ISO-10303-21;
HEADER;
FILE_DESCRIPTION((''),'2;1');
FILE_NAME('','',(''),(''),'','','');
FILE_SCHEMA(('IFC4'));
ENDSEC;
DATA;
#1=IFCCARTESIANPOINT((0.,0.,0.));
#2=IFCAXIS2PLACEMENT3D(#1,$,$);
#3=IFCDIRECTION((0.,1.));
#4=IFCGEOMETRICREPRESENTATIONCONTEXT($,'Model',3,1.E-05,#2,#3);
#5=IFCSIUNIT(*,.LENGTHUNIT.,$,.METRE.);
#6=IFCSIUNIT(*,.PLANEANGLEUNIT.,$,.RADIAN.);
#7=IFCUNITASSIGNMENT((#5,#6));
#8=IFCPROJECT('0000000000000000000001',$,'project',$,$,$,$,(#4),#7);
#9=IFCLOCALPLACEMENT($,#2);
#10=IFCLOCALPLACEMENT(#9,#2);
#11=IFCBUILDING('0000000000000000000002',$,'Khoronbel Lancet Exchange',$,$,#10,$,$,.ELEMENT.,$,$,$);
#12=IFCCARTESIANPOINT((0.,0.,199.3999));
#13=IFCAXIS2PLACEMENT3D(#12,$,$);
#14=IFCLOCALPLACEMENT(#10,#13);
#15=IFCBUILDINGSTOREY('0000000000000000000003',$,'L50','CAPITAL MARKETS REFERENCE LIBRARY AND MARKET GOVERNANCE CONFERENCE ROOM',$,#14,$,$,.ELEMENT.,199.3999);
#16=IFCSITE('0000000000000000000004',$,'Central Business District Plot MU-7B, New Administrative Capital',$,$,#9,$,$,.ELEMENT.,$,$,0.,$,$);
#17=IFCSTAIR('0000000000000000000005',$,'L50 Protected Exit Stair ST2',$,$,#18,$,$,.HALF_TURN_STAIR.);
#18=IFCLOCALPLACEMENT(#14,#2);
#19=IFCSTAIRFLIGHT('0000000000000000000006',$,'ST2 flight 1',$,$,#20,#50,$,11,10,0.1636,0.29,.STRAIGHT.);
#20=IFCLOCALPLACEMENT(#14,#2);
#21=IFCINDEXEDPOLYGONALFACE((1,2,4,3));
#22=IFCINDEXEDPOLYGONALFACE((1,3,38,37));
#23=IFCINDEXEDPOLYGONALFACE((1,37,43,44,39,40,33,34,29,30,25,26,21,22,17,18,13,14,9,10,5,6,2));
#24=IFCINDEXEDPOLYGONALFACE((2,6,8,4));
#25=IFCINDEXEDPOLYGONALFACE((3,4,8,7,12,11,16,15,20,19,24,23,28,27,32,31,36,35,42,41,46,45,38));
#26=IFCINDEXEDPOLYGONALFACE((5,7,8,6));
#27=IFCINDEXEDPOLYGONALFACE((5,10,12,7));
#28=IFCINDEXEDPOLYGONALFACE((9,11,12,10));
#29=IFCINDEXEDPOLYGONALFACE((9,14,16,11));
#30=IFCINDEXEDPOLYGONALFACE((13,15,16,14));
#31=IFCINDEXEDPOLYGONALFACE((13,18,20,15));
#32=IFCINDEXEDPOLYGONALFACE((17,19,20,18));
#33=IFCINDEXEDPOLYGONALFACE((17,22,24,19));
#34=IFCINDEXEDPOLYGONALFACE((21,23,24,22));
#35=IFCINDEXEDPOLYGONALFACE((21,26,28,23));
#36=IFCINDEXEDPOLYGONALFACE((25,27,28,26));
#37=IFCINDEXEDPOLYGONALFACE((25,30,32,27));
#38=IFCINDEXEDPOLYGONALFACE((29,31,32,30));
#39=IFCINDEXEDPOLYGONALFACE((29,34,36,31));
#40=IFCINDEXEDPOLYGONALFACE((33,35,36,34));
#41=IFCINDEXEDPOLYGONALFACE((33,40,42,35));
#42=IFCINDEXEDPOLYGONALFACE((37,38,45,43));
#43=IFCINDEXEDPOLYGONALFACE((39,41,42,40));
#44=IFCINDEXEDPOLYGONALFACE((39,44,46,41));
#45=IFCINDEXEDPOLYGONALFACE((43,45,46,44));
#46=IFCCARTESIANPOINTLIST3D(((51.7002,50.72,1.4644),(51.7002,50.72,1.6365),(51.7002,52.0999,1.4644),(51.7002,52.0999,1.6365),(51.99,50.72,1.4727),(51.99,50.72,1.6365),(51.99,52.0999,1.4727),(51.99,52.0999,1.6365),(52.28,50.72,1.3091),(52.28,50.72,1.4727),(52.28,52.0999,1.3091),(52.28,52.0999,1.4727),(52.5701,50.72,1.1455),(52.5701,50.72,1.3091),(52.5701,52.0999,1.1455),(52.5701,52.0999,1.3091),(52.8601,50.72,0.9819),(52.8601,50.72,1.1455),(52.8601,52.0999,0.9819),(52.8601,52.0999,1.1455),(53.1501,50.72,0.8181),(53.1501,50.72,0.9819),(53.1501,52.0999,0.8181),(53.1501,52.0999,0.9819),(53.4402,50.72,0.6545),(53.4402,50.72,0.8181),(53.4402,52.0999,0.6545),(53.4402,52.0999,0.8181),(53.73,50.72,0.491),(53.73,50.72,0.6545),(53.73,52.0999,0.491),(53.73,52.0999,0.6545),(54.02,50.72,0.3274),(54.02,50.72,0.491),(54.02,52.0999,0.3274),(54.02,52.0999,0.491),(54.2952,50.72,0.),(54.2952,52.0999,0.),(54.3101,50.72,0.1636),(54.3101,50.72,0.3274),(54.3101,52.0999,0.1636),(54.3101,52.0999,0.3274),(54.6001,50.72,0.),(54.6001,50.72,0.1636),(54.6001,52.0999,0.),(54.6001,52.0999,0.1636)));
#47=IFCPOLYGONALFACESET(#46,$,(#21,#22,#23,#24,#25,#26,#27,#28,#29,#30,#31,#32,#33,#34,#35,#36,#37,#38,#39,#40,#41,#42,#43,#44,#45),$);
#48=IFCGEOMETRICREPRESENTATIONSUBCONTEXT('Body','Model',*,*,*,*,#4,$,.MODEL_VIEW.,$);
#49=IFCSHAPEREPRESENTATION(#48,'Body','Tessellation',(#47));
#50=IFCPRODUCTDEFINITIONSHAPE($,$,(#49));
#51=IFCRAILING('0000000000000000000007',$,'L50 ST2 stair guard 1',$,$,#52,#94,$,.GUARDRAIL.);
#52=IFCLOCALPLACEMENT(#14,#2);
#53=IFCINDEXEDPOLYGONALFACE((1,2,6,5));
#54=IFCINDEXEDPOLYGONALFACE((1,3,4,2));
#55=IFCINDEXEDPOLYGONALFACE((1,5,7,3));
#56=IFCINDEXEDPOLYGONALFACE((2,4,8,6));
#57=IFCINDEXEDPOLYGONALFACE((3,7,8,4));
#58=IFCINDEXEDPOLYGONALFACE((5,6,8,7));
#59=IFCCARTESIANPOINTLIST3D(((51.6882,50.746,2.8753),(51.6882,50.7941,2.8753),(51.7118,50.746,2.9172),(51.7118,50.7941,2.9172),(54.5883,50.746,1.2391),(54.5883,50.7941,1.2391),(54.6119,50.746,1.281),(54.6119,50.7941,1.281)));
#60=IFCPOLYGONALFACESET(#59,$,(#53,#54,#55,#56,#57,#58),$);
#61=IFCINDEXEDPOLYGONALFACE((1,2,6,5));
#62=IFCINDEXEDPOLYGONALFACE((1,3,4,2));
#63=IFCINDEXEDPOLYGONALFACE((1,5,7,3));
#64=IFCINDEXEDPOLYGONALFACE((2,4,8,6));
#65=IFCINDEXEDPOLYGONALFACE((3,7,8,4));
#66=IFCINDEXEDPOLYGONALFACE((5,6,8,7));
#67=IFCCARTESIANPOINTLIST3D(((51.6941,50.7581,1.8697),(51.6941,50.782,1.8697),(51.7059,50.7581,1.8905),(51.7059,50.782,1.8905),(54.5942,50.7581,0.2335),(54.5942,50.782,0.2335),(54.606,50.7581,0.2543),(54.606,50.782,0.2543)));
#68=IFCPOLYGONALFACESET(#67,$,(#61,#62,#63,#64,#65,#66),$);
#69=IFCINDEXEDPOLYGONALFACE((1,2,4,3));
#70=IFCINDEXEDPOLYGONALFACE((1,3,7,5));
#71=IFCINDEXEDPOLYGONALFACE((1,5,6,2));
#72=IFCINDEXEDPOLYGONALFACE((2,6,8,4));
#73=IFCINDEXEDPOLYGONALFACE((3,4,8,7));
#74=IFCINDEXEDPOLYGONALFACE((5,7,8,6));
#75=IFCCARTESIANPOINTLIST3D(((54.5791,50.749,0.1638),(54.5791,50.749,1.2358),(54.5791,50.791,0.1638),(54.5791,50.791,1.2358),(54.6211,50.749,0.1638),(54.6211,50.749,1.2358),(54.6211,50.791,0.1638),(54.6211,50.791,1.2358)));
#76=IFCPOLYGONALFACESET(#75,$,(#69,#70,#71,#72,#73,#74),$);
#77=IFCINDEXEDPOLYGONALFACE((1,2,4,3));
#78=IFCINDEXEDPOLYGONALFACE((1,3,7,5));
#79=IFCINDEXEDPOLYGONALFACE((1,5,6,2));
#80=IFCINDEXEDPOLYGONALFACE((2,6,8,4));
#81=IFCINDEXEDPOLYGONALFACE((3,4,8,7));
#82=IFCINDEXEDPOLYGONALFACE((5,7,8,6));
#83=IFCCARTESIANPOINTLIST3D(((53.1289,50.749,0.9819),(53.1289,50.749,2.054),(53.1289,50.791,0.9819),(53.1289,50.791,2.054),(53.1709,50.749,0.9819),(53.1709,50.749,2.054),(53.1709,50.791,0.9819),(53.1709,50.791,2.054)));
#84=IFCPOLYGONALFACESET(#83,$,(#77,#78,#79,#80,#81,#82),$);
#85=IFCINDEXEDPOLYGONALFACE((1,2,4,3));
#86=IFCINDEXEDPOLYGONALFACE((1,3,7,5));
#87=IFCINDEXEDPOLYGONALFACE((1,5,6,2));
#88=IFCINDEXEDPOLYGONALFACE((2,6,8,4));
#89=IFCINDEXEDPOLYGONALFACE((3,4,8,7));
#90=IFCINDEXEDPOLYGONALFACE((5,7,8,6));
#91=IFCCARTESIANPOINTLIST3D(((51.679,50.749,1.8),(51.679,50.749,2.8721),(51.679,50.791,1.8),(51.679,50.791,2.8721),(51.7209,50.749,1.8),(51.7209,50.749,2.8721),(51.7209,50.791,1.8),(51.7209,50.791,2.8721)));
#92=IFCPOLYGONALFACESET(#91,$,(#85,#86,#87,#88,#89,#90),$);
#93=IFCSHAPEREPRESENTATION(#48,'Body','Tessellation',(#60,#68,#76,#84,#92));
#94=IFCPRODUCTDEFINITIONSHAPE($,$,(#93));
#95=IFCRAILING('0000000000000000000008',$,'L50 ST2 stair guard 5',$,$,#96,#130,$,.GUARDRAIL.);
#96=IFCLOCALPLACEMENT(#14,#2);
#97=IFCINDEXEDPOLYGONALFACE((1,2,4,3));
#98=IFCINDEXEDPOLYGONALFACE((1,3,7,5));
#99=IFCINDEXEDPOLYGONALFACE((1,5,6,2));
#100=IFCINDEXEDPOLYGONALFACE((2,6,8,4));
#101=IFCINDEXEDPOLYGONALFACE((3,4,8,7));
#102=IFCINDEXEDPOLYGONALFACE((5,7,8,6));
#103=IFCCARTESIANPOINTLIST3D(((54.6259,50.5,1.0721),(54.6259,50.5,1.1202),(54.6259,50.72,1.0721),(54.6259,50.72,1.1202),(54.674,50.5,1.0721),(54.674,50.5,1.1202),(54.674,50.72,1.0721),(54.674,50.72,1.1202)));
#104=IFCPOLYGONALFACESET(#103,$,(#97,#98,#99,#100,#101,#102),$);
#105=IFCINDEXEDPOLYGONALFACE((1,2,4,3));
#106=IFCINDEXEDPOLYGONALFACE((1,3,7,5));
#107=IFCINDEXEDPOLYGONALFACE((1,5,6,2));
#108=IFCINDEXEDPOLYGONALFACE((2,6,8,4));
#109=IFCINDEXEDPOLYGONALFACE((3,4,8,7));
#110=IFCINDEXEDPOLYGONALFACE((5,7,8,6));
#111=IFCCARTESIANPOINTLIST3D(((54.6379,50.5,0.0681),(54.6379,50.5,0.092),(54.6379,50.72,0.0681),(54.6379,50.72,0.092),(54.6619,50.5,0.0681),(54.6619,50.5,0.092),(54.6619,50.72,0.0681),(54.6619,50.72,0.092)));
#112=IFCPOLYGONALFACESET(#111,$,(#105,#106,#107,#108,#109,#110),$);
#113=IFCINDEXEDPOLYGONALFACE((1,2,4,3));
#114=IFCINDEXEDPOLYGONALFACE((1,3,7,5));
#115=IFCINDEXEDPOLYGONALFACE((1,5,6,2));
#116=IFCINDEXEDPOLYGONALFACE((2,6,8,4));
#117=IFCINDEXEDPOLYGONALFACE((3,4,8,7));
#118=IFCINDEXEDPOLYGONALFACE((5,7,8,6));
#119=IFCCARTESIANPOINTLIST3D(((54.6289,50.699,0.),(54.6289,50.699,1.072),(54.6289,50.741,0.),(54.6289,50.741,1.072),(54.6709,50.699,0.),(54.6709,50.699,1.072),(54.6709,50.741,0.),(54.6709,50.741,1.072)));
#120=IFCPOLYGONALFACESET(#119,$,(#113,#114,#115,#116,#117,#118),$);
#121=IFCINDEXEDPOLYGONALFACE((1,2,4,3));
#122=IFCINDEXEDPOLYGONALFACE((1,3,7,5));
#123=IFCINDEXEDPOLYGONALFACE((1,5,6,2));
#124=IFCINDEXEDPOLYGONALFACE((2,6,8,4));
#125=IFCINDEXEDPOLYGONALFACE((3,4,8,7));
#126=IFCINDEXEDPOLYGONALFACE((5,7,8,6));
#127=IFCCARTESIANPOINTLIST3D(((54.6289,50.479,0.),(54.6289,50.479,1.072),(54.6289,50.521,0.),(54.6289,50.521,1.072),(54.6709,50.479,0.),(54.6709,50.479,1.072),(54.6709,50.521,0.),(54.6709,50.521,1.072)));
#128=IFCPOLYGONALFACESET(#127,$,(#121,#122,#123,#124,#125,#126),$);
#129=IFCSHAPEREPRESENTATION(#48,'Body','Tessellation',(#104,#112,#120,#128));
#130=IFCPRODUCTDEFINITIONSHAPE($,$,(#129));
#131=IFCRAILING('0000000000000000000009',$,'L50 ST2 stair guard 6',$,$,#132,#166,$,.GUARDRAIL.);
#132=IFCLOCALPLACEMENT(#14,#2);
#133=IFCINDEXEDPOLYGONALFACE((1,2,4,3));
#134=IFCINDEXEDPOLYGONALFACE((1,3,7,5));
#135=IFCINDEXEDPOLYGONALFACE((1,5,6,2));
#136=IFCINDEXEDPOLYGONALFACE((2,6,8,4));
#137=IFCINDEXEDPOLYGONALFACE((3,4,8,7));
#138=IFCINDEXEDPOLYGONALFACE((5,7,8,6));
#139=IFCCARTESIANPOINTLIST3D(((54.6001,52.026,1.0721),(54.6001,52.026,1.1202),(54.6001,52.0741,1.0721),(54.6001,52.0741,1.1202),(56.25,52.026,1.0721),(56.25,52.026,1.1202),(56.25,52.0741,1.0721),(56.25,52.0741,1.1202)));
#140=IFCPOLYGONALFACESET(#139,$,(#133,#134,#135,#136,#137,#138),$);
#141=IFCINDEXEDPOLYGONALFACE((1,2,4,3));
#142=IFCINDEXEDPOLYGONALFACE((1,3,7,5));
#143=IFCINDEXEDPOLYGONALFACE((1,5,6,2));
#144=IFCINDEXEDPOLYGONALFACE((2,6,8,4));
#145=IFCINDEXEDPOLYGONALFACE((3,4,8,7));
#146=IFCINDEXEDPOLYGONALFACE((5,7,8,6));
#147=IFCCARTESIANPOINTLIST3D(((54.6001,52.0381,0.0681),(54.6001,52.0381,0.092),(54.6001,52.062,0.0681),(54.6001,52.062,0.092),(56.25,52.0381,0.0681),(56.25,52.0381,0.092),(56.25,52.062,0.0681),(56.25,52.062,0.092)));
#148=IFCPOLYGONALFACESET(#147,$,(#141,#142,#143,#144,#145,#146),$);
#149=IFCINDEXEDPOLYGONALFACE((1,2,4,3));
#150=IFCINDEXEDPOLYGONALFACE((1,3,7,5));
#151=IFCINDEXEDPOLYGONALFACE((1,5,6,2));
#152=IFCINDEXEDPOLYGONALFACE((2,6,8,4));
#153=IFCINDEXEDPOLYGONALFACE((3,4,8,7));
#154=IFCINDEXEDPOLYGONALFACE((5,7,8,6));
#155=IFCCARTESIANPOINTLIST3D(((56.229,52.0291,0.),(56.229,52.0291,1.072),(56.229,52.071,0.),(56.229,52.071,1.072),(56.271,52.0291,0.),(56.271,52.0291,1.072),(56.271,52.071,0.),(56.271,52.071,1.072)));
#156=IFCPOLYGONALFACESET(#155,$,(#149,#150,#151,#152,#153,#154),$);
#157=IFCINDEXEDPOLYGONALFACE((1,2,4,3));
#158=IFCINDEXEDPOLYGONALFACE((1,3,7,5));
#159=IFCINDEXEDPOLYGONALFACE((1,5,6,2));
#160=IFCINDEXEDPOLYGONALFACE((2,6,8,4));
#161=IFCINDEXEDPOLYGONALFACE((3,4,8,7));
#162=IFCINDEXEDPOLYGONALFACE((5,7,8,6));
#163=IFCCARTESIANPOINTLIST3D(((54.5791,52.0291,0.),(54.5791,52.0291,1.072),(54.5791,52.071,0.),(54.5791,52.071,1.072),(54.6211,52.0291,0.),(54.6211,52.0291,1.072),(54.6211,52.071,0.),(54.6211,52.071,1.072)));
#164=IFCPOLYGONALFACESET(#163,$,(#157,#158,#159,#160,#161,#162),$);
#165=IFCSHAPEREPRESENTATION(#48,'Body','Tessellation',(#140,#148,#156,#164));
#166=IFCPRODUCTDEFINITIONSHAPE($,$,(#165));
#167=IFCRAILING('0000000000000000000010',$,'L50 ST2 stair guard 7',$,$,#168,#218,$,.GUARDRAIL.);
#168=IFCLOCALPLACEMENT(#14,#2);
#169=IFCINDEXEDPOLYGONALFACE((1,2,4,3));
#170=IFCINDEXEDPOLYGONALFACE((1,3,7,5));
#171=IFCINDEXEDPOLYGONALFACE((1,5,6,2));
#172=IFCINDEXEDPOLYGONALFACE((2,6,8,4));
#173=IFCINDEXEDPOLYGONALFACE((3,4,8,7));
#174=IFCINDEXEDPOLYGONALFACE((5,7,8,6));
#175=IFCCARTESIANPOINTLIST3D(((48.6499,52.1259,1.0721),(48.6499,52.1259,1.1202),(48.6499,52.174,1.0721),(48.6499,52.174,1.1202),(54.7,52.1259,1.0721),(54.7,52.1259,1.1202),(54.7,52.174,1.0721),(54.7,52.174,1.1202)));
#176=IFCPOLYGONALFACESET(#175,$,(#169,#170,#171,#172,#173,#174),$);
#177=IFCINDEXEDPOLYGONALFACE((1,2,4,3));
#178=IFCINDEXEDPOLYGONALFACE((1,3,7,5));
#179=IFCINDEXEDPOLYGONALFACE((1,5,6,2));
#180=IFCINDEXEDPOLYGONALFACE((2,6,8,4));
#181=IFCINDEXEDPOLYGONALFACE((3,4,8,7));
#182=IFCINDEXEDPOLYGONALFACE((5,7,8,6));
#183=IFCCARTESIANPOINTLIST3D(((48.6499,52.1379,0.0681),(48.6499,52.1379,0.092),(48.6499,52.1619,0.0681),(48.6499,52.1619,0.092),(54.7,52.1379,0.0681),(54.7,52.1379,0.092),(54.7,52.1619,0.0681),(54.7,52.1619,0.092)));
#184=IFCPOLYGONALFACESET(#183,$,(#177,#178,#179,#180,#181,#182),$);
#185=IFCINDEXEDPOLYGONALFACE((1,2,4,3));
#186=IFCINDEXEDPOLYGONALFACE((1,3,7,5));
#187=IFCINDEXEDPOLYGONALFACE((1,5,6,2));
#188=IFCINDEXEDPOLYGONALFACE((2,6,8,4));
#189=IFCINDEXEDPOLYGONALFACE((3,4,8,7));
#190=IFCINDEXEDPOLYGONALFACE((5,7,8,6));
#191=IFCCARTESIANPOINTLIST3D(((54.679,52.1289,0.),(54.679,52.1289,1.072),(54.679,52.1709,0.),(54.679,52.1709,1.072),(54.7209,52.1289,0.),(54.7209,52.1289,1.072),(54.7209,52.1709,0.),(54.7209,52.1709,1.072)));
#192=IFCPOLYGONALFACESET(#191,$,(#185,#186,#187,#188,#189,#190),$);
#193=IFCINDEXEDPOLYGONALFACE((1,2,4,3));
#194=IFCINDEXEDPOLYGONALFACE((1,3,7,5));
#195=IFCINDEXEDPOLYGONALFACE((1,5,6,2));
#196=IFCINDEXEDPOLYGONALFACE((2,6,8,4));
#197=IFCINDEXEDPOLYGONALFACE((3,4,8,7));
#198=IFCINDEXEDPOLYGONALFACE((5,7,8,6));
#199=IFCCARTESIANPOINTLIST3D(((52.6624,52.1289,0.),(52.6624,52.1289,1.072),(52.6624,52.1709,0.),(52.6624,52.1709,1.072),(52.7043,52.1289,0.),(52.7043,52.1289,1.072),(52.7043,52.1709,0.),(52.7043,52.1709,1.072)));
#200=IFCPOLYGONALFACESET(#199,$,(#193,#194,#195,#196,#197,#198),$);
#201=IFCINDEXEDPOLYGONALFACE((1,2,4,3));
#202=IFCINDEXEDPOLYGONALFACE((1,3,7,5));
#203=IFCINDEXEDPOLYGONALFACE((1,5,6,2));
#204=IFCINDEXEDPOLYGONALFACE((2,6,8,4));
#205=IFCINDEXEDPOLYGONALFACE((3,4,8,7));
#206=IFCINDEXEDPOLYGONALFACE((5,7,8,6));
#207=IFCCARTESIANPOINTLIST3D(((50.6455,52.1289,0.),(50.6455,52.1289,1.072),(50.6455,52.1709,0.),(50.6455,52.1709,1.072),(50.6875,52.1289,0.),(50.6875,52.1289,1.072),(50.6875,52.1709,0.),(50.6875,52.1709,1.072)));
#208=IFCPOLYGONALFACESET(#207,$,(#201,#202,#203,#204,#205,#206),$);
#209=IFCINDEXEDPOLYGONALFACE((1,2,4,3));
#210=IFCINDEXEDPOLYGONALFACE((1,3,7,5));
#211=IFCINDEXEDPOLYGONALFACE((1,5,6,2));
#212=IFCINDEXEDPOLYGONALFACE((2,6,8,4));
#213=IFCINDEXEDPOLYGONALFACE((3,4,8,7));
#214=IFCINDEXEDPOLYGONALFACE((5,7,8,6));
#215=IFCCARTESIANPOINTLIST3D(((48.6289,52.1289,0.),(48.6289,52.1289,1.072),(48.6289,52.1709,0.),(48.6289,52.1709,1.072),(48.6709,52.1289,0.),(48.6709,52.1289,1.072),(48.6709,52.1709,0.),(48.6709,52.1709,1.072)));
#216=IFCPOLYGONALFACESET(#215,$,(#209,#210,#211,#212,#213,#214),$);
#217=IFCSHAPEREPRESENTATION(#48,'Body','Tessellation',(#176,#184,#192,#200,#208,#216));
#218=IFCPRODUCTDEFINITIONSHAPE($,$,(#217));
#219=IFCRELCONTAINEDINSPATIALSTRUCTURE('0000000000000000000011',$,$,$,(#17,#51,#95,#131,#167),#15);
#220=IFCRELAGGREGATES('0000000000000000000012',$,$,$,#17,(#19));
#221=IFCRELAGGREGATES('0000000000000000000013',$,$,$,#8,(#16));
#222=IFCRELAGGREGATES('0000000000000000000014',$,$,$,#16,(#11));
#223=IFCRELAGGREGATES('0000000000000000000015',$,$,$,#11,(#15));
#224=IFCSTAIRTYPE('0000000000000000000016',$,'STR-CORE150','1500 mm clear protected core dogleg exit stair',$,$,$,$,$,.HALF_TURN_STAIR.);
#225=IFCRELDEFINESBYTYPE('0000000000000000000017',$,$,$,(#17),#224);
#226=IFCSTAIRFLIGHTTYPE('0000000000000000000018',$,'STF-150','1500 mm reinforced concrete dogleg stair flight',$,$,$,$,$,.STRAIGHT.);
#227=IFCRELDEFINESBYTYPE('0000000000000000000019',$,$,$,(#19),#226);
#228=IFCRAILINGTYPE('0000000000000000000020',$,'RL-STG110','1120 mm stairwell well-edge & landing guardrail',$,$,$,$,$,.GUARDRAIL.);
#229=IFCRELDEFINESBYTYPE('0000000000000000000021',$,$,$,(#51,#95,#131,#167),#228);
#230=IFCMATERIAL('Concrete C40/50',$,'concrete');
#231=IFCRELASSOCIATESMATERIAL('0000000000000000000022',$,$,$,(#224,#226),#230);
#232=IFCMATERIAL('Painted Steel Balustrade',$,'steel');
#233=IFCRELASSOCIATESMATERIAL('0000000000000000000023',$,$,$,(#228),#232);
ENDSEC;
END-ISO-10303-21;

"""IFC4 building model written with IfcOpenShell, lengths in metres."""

from ifc_helpers import new_model, si_unit, direction, frame, origin, origin_2d, place, context, subcontext, project, spatial, polyline, rectangle, outline, extrude, material, type_object, element, aggregate, save


model = new_model("IFC4")

# Units and contexts
model_context = context("Model", 3, precision=1e-05, world=origin(), true_north=direction((0.0, 1.0)))
body_context = subcontext(model_context, "Body", "Model", "MODEL_VIEW")
ifc_project = project(units=[si_unit("LENGTHUNIT", "METRE"), si_unit("PLANEANGLEUNIT", "RADIAN")], contexts=[model_context])

# Site, building, storey
site_placement = place(None, origin())
site = spatial("IfcSite", under=ifc_project, at=site_placement, Name="Central Business District Plot MU-7B, New Administrative Capital", CompositionType="ELEMENT", RefElevation=0.0)
building_placement = place(site_placement, origin())
building = spatial("IfcBuilding", under=site, at=building_placement, Name="Khoronbel Lancet Exchange", CompositionType="ELEMENT")
storey_placement = place(building_placement, frame((0.0, 0.0, 199.3999)))
storey = spatial("IfcBuildingStorey", under=building, at=storey_placement, Name="L50", Description="CAPITAL MARKETS REFERENCE LIBRARY AND MARKET GOVERNANCE CONFERENCE ROOM", CompositionType="ELEMENT", Elevation=199.3999)

# Stair, stair flight
ifc_material_1 = material(Name="Concrete C40/50", Category="concrete")
stair_type = type_object("IfcStairType", Name="STR-CORE150", Description="1500 mm clear protected core dogleg exit stair", PredefinedType="HALF_TURN_STAIR", material=ifc_material_1)
stair_placement = place(storey_placement, origin())
stair = element("IfcStair", 1, at=stair_placement, inside=storey, type_object=stair_type, Name="L50 Protected Exit Stair ST2", PredefinedType="HALF_TURN_STAIR")
stair_flight_type = type_object("IfcStairFlightType", Name="STF-150", Description="1500 mm reinforced concrete dogleg stair flight", PredefinedType="STRAIGHT", material=ifc_material_1)
stair_flight_placement = place(storey_placement, frame((54.6001, 51.4099, 0.0), z_axis=(0.0, 0.0, 1.0), x_axis=(-1.0, 0.0, 0.0)))
stair_flight = element("IfcStairFlight", 2, at=stair_flight_placement, type_object=stair_flight_type, Name="ST2 flight 1", NumberOfRisers=11, NumberOfTreads=10, PredefinedType="STRAIGHT", RiserHeight=0.1636, TreadLength=0.29, context=body_context, shape_type="SweptSolid", body=[
    extrude(outline(polyline([(0.0, 0.0), (0.0, 0.1636), (0.29, 0.1636), (0.29, 0.3274), (0.5801, 0.3274), (0.5801, 0.491), (0.8701, 0.491), (0.8701, 0.6545), (1.1599, 0.6545), (1.1599, 0.8181), (1.45, 0.8181), (1.45, 0.9819), (1.74, 0.9819), (1.74, 1.1455), (2.03, 1.1455), (2.03, 1.3091), (2.3201, 1.3091), (2.3201, 1.4727), (2.6101, 1.4727), (2.6101, 1.6365), (2.8999, 1.6365), (2.8999, 1.8), (2.8999, 1.4644), (0.3049, 0.0), (0.0, 0.0)])), frame((0.0, 0.6899, 0.0), z_axis=(0.0, -1.0, 0.0), x_axis=(1.0, 0.0, 0.0)), (0.0, 0.0, 1.0), 1.3799),
])
aggregate(stair, [stair_flight])

# Railings
ifc_material_2 = material(Name="Painted Steel Balustrade", Category="steel")
railing_type_1 = type_object("IfcRailingType", Name="RL-STG110", Description="1120 mm stairwell well-edge & landing guardrail", PredefinedType="GUARDRAIL", material=ifc_material_2)
railing_1_placement = place(storey_placement, frame((54.6001, 50.77, 0.1638)))
element("IfcRailing", 3, at=railing_1_placement, inside=storey, type_object=railing_type_1, Name="L50 ST2 stair guard 1", PredefinedType="GUARDRAIL", context=body_context, shape_type="SweptSolid", body=[
    extrude(rectangle(XDim=0.0481, YDim=0.0481, at=origin_2d()), frame((0.0, 0.0, 1.0962), z_axis=(-0.870946, 0.0, 0.491378), x_axis=(0.0, -1.0, 0.0)), (0.0, 0.0, 1.0), 3.3298),
    extrude(rectangle(XDim=0.0239, YDim=0.0239, at=origin_2d()), frame((0.0, 0.0, 0.0801), z_axis=(-0.870946, 0.0, 0.491378), x_axis=(0.0, -1.0, 0.0)), (0.0, 0.0, 1.0), 3.3298),
    extrude(rectangle(XDim=0.042, YDim=0.042, at=origin_2d()), origin(), (0.0, 0.0, 1.0), 1.072),
    extrude(rectangle(XDim=0.042, YDim=0.042, at=origin_2d()), frame((-1.4502, 0.0, 0.8181)), (0.0, 0.0, 1.0), 1.072),
    extrude(rectangle(XDim=0.042, YDim=0.042, at=origin_2d()), frame((-2.9001, 0.0, 1.6362)), (0.0, 0.0, 1.0), 1.072),
])
railing_2_placement = place(storey_placement, frame((54.6499, 50.72, 0.0)))
element("IfcRailing", 4, at=railing_2_placement, inside=storey, type_object=railing_type_1, Name="L50 ST2 stair guard 5", PredefinedType="GUARDRAIL", context=body_context, shape_type="SweptSolid", body=[
    extrude(rectangle(XDim=0.0481, YDim=0.0481, at=origin_2d()), frame((0.0, 0.0, 1.0962), z_axis=(0.0, -1.0, 0.0), x_axis=(1.0, 0.0, 0.0)), (0.0, 0.0, 1.0), 0.22),
    extrude(rectangle(XDim=0.0239, YDim=0.0239, at=origin_2d()), frame((0.0, 0.0, 0.0801), z_axis=(0.0, -1.0, 0.0), x_axis=(1.0, 0.0, 0.0)), (0.0, 0.0, 1.0), 0.22),
    extrude(rectangle(XDim=0.042, YDim=0.042, at=origin_2d()), origin(), (0.0, 0.0, 1.0), 1.072),
    extrude(rectangle(XDim=0.042, YDim=0.042, at=origin_2d()), frame((0.0, -0.22, 0.0)), (0.0, 0.0, 1.0), 1.072),
])
railing_3_placement = place(storey_placement, frame((56.25, 52.05, 0.0)))
element("IfcRailing", 5, at=railing_3_placement, inside=storey, type_object=railing_type_1, Name="L50 ST2 stair guard 6", PredefinedType="GUARDRAIL", context=body_context, shape_type="SweptSolid", body=[
    extrude(rectangle(XDim=0.0481, YDim=0.0481, at=origin_2d()), frame((0.0, 0.0, 1.0962), z_axis=(-1.0, 0.0, 0.0), x_axis=(0.0, -1.0, 0.0)), (0.0, 0.0, 1.0), 1.6499),
    extrude(rectangle(XDim=0.0239, YDim=0.0239, at=origin_2d()), frame((0.0, 0.0, 0.0801), z_axis=(-1.0, 0.0, 0.0), x_axis=(0.0, -1.0, 0.0)), (0.0, 0.0, 1.0), 1.6499),
    extrude(rectangle(XDim=0.042, YDim=0.042, at=origin_2d()), origin(), (0.0, 0.0, 1.0), 1.072),
    extrude(rectangle(XDim=0.042, YDim=0.042, at=origin_2d()), frame((-1.6499, 0.0, 0.0)), (0.0, 0.0, 1.0), 1.072),
])
railing_4_placement = place(storey_placement, frame((54.7, 52.1499, 0.0)))
element("IfcRailing", 6, at=railing_4_placement, inside=storey, type_object=railing_type_1, Name="L50 ST2 stair guard 7", PredefinedType="GUARDRAIL", context=body_context, shape_type="SweptSolid", body=[
    extrude(rectangle(XDim=0.0481, YDim=0.0481, at=origin_2d()), frame((0.0, 0.0, 1.0962), z_axis=(-1.0, 0.0, 0.0), x_axis=(0.0, -1.0, 0.0)), (0.0, 0.0, 1.0), 6.05),
    extrude(rectangle(XDim=0.0239, YDim=0.0239, at=origin_2d()), frame((0.0, 0.0, 0.0801), z_axis=(-1.0, 0.0, 0.0), x_axis=(0.0, -1.0, 0.0)), (0.0, 0.0, 1.0), 6.05),
    extrude(rectangle(XDim=0.042, YDim=0.042, at=origin_2d()), origin(), (0.0, 0.0, 1.0), 1.072),
    extrude(rectangle(XDim=0.042, YDim=0.042, at=origin_2d()), frame((-2.0166, 0.0, 0.0)), (0.0, 0.0, 1.0), 1.072),
    extrude(rectangle(XDim=0.042, YDim=0.042, at=origin_2d()), frame((-4.0334, 0.0, 0.0)), (0.0, 0.0, 1.0), 1.072),
    extrude(rectangle(XDim=0.042, YDim=0.042, at=origin_2d()), frame((-6.05, 0.0, 0.0)), (0.0, 0.0, 1.0), 1.072),
])

save(model, "model.ifc")
